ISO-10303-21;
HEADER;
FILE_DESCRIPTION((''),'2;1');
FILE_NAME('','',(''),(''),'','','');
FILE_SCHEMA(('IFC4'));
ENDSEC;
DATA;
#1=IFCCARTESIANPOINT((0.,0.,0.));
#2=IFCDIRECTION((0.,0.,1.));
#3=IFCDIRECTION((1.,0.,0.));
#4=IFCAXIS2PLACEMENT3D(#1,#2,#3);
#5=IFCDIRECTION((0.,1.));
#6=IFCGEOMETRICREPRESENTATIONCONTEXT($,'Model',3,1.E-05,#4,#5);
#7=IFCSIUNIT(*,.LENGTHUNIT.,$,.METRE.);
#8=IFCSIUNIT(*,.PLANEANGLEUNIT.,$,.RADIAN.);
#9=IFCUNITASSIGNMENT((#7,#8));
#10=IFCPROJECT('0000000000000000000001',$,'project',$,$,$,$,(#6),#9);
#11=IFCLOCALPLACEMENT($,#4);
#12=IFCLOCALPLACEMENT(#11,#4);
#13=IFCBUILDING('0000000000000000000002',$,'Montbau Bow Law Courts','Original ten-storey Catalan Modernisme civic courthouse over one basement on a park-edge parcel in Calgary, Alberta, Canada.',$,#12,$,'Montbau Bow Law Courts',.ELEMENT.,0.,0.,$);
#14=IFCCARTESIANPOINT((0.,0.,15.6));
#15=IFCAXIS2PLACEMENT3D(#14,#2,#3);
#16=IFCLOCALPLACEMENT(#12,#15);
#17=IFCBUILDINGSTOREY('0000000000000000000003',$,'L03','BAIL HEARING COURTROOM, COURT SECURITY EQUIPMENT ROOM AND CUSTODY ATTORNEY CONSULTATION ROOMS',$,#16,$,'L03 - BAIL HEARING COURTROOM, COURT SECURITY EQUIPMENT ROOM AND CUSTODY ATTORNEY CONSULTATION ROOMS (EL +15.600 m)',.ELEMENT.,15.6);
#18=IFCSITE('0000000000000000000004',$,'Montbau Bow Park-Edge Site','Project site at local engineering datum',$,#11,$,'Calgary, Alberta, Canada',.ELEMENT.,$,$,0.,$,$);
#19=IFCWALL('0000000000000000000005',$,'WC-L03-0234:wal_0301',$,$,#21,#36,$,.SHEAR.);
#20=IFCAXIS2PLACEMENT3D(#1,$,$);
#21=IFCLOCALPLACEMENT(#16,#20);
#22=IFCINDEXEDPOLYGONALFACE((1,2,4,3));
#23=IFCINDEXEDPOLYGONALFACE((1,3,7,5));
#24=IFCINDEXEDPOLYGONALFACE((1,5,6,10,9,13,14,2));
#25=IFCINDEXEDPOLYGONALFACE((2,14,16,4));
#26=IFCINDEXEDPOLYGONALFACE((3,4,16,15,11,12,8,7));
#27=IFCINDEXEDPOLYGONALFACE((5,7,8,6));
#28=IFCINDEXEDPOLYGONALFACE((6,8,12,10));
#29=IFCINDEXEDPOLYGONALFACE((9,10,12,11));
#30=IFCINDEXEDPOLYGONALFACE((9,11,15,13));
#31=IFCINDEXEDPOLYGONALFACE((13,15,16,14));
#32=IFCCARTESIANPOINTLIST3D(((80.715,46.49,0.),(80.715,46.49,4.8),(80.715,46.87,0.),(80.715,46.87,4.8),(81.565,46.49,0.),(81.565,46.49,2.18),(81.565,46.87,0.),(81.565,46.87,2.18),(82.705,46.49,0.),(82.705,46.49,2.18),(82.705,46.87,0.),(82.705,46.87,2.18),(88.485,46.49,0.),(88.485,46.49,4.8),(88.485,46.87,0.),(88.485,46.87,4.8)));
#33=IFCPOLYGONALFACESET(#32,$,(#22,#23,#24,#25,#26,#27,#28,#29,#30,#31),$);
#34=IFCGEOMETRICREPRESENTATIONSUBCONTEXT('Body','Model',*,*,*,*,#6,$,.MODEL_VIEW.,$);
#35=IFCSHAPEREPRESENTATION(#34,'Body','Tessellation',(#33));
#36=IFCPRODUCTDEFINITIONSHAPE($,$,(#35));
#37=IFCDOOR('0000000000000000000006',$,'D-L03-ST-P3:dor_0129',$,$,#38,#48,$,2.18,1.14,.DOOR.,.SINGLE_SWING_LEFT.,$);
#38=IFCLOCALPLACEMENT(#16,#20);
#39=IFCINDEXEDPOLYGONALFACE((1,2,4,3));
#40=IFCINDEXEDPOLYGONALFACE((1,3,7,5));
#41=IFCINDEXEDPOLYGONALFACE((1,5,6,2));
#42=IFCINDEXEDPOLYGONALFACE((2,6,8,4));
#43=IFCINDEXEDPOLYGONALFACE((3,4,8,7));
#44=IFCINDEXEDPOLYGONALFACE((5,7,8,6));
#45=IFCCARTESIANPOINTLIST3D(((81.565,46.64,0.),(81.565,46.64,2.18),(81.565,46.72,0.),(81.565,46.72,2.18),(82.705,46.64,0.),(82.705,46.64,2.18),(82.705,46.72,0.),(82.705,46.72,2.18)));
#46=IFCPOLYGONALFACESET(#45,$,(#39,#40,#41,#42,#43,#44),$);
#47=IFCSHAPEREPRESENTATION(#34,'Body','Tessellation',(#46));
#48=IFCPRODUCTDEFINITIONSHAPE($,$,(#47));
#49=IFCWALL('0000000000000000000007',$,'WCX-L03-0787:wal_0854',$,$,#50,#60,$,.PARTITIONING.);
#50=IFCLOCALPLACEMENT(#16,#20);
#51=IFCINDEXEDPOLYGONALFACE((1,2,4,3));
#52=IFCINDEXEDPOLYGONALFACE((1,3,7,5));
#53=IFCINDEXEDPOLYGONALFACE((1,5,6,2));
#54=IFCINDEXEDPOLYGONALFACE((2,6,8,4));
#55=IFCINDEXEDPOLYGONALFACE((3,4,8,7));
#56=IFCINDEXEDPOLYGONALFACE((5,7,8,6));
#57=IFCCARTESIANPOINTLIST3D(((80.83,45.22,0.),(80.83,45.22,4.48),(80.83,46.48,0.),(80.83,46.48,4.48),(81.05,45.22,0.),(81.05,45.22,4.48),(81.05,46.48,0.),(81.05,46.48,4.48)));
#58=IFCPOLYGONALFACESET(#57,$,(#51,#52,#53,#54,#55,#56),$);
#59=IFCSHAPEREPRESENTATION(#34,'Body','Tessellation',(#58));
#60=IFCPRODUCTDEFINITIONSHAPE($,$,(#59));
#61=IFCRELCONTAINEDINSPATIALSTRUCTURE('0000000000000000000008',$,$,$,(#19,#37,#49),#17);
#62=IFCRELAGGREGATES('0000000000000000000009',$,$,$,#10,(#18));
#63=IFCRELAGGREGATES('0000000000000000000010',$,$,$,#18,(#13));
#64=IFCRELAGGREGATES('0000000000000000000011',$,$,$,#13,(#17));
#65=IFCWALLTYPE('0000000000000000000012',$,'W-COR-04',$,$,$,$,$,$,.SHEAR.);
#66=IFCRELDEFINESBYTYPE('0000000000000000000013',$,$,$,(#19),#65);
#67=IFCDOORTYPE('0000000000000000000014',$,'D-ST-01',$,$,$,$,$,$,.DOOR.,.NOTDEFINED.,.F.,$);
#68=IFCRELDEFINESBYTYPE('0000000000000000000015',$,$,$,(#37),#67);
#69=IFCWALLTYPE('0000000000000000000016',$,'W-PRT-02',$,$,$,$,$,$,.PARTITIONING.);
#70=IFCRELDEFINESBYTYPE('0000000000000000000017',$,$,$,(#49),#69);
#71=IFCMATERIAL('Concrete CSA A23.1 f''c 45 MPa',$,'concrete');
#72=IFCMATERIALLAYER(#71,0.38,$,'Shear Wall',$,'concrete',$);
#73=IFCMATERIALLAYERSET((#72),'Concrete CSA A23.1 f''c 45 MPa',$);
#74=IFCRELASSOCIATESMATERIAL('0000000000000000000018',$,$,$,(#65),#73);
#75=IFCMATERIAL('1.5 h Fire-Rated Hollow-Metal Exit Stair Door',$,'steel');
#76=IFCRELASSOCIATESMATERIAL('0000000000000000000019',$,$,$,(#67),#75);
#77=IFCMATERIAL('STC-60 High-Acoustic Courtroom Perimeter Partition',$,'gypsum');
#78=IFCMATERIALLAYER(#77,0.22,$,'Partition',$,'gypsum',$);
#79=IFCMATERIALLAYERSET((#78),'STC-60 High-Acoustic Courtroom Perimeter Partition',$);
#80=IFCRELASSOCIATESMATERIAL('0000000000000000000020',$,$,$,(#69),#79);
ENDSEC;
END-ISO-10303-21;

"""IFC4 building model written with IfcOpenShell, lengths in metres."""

from ifc_helpers import new_model, si_unit, direction, frame, frame_2d, origin_with_axes, place, context, subcontext, project, spatial, rectangle, extrude, material, layer, layer_set, type_object, element, fill, save


model = new_model("IFC4")

# Units and contexts
model_context = context("Model", 3, precision=1e-05, world=origin_with_axes(), true_north=direction((0.0, 1.0)))
body_context = subcontext(model_context, "Body", "Model", "MODEL_VIEW")
ifc_project = project(units=[si_unit("LENGTHUNIT", "METRE"), si_unit("PLANEANGLEUNIT", "RADIAN")], contexts=[model_context])

# Site, building, storey
site_placement = place(None, origin_with_axes())
site = spatial("IfcSite", under=ifc_project, at=site_placement, Name="Montbau Bow Park-Edge Site", Description="Project site at local engineering datum", LongName="Calgary, Alberta, Canada", CompositionType="ELEMENT", RefElevation=0.0)
building_placement = place(site_placement, origin_with_axes())
building = spatial("IfcBuilding", under=site, at=building_placement, Name="Montbau Bow Law Courts", Description="Original ten-storey Catalan Modernisme civic courthouse over one basement on a park-edge parcel in Calgary, Alberta, Canada.", LongName="Montbau Bow Law Courts", CompositionType="ELEMENT", ElevationOfRefHeight=0.0, ElevationOfTerrain=0.0)
storey_placement = place(building_placement, frame((0.0, 0.0, 15.6), z_axis=(0.0, 0.0, 1.0), x_axis=(1.0, 0.0, 0.0)))
storey = spatial("IfcBuildingStorey", under=building, at=storey_placement, Name="L03", Description="BAIL HEARING COURTROOM, COURT SECURITY EQUIPMENT ROOM AND CUSTODY ATTORNEY CONSULTATION ROOMS", LongName="L03 - BAIL HEARING COURTROOM, COURT SECURITY EQUIPMENT ROOM AND CUSTODY ATTORNEY CONSULTATION ROOMS (EL +15.600 m)", CompositionType="ELEMENT", Elevation=15.6)

# Wall, opening, door
ifc_material_1 = material(Name="Concrete CSA A23.1 f'c 45 MPa", Category="concrete")
ifc_layer_1 = layer(ifc_material_1, 0.38, Name="Shear Wall", Category="concrete")
ifc_layer_set_1 = layer_set([ifc_layer_1], Name="Concrete CSA A23.1 f'c 45 MPa")
wall_type_1 = type_object("IfcWallType", Name="W-COR-04", PredefinedType="SHEAR", material=ifc_layer_set_1)
wall_1_placement = place(None, frame((80.715, 46.68, 15.6), z_axis=(0.0, 0.0, 1.0), x_axis=(1.0, 0.0, 0.0)))
wall_1 = element("IfcWall", 1, at=wall_1_placement, inside=storey, type_object=wall_type_1, Name="WC-L03-0234:wal_0301", PredefinedType="SHEAR", context=body_context, shape_type="SweptSolid", body=[
    extrude(rectangle(XDim=7.77, YDim=0.38, at=frame_2d((3.885, 0.0), x_axis=(1.0, 0.0))), origin_with_axes(), (0.0, 0.0, 1.0), 4.8),
])
opening_placement = place(None, frame((82.135, 46.68, 15.6), z_axis=(0.0, 0.0, 1.0), x_axis=(1.0, 0.0, 0.0)))
opening = element("IfcOpeningElement", 2, at=opening_placement, cuts=wall_1, PredefinedType="OPENING", context=body_context, shape_type="SweptSolid", body=[
    extrude(rectangle(XDim=1.14, YDim=2.18, at=frame_2d((0.0, 1.09), x_axis=(1.0, 0.0))), frame((0.0, 0.2, 0.0), z_axis=(0.0, -1.0, 0.0), x_axis=(1.0, 0.0, 0.0)), (0.0, 0.0, 1.0), 0.4),
])
ifc_material_2 = material(Name="1.5 h Fire-Rated Hollow-Metal Exit Stair Door", Category="steel")
door_type = type_object("IfcDoorType", Name="D-ST-01", OperationType="NOTDEFINED", ParameterTakesPrecedence=False, PredefinedType="DOOR", material=ifc_material_2)
door_placement = place(None, frame((82.135, 46.68, 15.6), z_axis=(0.0, 0.0, 1.0), x_axis=(-1.0, 0.0, 0.0)))
door = element("IfcDoor", 3, at=door_placement, inside=storey, type_object=door_type, Name="D-L03-ST-P3:dor_0129", OperationType="SINGLE_SWING_LEFT", OverallHeight=2.18, OverallWidth=1.14, PredefinedType="DOOR", context=body_context, shape_type="SweptSolid", body=[
    extrude(rectangle(XDim=1.14, YDim=2.18, at=frame_2d((0.0, 1.09), x_axis=(1.0, 0.0))), frame((0.0, 0.04, 0.0), z_axis=(0.0, -1.0, 0.0), x_axis=(1.0, 0.0, 0.0)), (0.0, 0.0, 1.0), 0.08),
])
fill(opening, door)

# Wall
ifc_material_3 = material(Name="STC-60 High-Acoustic Courtroom Perimeter Partition", Category="gypsum")
ifc_layer_2 = layer(ifc_material_3, 0.22, Name="Partition", Category="gypsum")
ifc_layer_set_2 = layer_set([ifc_layer_2], Name="STC-60 High-Acoustic Courtroom Perimeter Partition")
wall_type_2 = type_object("IfcWallType", Name="W-PRT-02", PredefinedType="PARTITIONING", material=ifc_layer_set_2)
wall_2_placement = place(None, frame((80.94, 45.22, 15.6), z_axis=(0.0, 0.0, 1.0), x_axis=(0.0, 1.0, 0.0)))
element("IfcWall", 4, at=wall_2_placement, inside=storey, type_object=wall_type_2, Name="WCX-L03-0787:wal_0854", PredefinedType="PARTITIONING", context=body_context, shape_type="SweptSolid", body=[
    extrude(rectangle(XDim=1.26, YDim=0.22, at=frame_2d((0.63, 0.0), x_axis=(1.0, 0.0))), origin_with_axes(), (0.0, 0.0, 1.0), 4.48),
])

save(model, "model.ifc")
